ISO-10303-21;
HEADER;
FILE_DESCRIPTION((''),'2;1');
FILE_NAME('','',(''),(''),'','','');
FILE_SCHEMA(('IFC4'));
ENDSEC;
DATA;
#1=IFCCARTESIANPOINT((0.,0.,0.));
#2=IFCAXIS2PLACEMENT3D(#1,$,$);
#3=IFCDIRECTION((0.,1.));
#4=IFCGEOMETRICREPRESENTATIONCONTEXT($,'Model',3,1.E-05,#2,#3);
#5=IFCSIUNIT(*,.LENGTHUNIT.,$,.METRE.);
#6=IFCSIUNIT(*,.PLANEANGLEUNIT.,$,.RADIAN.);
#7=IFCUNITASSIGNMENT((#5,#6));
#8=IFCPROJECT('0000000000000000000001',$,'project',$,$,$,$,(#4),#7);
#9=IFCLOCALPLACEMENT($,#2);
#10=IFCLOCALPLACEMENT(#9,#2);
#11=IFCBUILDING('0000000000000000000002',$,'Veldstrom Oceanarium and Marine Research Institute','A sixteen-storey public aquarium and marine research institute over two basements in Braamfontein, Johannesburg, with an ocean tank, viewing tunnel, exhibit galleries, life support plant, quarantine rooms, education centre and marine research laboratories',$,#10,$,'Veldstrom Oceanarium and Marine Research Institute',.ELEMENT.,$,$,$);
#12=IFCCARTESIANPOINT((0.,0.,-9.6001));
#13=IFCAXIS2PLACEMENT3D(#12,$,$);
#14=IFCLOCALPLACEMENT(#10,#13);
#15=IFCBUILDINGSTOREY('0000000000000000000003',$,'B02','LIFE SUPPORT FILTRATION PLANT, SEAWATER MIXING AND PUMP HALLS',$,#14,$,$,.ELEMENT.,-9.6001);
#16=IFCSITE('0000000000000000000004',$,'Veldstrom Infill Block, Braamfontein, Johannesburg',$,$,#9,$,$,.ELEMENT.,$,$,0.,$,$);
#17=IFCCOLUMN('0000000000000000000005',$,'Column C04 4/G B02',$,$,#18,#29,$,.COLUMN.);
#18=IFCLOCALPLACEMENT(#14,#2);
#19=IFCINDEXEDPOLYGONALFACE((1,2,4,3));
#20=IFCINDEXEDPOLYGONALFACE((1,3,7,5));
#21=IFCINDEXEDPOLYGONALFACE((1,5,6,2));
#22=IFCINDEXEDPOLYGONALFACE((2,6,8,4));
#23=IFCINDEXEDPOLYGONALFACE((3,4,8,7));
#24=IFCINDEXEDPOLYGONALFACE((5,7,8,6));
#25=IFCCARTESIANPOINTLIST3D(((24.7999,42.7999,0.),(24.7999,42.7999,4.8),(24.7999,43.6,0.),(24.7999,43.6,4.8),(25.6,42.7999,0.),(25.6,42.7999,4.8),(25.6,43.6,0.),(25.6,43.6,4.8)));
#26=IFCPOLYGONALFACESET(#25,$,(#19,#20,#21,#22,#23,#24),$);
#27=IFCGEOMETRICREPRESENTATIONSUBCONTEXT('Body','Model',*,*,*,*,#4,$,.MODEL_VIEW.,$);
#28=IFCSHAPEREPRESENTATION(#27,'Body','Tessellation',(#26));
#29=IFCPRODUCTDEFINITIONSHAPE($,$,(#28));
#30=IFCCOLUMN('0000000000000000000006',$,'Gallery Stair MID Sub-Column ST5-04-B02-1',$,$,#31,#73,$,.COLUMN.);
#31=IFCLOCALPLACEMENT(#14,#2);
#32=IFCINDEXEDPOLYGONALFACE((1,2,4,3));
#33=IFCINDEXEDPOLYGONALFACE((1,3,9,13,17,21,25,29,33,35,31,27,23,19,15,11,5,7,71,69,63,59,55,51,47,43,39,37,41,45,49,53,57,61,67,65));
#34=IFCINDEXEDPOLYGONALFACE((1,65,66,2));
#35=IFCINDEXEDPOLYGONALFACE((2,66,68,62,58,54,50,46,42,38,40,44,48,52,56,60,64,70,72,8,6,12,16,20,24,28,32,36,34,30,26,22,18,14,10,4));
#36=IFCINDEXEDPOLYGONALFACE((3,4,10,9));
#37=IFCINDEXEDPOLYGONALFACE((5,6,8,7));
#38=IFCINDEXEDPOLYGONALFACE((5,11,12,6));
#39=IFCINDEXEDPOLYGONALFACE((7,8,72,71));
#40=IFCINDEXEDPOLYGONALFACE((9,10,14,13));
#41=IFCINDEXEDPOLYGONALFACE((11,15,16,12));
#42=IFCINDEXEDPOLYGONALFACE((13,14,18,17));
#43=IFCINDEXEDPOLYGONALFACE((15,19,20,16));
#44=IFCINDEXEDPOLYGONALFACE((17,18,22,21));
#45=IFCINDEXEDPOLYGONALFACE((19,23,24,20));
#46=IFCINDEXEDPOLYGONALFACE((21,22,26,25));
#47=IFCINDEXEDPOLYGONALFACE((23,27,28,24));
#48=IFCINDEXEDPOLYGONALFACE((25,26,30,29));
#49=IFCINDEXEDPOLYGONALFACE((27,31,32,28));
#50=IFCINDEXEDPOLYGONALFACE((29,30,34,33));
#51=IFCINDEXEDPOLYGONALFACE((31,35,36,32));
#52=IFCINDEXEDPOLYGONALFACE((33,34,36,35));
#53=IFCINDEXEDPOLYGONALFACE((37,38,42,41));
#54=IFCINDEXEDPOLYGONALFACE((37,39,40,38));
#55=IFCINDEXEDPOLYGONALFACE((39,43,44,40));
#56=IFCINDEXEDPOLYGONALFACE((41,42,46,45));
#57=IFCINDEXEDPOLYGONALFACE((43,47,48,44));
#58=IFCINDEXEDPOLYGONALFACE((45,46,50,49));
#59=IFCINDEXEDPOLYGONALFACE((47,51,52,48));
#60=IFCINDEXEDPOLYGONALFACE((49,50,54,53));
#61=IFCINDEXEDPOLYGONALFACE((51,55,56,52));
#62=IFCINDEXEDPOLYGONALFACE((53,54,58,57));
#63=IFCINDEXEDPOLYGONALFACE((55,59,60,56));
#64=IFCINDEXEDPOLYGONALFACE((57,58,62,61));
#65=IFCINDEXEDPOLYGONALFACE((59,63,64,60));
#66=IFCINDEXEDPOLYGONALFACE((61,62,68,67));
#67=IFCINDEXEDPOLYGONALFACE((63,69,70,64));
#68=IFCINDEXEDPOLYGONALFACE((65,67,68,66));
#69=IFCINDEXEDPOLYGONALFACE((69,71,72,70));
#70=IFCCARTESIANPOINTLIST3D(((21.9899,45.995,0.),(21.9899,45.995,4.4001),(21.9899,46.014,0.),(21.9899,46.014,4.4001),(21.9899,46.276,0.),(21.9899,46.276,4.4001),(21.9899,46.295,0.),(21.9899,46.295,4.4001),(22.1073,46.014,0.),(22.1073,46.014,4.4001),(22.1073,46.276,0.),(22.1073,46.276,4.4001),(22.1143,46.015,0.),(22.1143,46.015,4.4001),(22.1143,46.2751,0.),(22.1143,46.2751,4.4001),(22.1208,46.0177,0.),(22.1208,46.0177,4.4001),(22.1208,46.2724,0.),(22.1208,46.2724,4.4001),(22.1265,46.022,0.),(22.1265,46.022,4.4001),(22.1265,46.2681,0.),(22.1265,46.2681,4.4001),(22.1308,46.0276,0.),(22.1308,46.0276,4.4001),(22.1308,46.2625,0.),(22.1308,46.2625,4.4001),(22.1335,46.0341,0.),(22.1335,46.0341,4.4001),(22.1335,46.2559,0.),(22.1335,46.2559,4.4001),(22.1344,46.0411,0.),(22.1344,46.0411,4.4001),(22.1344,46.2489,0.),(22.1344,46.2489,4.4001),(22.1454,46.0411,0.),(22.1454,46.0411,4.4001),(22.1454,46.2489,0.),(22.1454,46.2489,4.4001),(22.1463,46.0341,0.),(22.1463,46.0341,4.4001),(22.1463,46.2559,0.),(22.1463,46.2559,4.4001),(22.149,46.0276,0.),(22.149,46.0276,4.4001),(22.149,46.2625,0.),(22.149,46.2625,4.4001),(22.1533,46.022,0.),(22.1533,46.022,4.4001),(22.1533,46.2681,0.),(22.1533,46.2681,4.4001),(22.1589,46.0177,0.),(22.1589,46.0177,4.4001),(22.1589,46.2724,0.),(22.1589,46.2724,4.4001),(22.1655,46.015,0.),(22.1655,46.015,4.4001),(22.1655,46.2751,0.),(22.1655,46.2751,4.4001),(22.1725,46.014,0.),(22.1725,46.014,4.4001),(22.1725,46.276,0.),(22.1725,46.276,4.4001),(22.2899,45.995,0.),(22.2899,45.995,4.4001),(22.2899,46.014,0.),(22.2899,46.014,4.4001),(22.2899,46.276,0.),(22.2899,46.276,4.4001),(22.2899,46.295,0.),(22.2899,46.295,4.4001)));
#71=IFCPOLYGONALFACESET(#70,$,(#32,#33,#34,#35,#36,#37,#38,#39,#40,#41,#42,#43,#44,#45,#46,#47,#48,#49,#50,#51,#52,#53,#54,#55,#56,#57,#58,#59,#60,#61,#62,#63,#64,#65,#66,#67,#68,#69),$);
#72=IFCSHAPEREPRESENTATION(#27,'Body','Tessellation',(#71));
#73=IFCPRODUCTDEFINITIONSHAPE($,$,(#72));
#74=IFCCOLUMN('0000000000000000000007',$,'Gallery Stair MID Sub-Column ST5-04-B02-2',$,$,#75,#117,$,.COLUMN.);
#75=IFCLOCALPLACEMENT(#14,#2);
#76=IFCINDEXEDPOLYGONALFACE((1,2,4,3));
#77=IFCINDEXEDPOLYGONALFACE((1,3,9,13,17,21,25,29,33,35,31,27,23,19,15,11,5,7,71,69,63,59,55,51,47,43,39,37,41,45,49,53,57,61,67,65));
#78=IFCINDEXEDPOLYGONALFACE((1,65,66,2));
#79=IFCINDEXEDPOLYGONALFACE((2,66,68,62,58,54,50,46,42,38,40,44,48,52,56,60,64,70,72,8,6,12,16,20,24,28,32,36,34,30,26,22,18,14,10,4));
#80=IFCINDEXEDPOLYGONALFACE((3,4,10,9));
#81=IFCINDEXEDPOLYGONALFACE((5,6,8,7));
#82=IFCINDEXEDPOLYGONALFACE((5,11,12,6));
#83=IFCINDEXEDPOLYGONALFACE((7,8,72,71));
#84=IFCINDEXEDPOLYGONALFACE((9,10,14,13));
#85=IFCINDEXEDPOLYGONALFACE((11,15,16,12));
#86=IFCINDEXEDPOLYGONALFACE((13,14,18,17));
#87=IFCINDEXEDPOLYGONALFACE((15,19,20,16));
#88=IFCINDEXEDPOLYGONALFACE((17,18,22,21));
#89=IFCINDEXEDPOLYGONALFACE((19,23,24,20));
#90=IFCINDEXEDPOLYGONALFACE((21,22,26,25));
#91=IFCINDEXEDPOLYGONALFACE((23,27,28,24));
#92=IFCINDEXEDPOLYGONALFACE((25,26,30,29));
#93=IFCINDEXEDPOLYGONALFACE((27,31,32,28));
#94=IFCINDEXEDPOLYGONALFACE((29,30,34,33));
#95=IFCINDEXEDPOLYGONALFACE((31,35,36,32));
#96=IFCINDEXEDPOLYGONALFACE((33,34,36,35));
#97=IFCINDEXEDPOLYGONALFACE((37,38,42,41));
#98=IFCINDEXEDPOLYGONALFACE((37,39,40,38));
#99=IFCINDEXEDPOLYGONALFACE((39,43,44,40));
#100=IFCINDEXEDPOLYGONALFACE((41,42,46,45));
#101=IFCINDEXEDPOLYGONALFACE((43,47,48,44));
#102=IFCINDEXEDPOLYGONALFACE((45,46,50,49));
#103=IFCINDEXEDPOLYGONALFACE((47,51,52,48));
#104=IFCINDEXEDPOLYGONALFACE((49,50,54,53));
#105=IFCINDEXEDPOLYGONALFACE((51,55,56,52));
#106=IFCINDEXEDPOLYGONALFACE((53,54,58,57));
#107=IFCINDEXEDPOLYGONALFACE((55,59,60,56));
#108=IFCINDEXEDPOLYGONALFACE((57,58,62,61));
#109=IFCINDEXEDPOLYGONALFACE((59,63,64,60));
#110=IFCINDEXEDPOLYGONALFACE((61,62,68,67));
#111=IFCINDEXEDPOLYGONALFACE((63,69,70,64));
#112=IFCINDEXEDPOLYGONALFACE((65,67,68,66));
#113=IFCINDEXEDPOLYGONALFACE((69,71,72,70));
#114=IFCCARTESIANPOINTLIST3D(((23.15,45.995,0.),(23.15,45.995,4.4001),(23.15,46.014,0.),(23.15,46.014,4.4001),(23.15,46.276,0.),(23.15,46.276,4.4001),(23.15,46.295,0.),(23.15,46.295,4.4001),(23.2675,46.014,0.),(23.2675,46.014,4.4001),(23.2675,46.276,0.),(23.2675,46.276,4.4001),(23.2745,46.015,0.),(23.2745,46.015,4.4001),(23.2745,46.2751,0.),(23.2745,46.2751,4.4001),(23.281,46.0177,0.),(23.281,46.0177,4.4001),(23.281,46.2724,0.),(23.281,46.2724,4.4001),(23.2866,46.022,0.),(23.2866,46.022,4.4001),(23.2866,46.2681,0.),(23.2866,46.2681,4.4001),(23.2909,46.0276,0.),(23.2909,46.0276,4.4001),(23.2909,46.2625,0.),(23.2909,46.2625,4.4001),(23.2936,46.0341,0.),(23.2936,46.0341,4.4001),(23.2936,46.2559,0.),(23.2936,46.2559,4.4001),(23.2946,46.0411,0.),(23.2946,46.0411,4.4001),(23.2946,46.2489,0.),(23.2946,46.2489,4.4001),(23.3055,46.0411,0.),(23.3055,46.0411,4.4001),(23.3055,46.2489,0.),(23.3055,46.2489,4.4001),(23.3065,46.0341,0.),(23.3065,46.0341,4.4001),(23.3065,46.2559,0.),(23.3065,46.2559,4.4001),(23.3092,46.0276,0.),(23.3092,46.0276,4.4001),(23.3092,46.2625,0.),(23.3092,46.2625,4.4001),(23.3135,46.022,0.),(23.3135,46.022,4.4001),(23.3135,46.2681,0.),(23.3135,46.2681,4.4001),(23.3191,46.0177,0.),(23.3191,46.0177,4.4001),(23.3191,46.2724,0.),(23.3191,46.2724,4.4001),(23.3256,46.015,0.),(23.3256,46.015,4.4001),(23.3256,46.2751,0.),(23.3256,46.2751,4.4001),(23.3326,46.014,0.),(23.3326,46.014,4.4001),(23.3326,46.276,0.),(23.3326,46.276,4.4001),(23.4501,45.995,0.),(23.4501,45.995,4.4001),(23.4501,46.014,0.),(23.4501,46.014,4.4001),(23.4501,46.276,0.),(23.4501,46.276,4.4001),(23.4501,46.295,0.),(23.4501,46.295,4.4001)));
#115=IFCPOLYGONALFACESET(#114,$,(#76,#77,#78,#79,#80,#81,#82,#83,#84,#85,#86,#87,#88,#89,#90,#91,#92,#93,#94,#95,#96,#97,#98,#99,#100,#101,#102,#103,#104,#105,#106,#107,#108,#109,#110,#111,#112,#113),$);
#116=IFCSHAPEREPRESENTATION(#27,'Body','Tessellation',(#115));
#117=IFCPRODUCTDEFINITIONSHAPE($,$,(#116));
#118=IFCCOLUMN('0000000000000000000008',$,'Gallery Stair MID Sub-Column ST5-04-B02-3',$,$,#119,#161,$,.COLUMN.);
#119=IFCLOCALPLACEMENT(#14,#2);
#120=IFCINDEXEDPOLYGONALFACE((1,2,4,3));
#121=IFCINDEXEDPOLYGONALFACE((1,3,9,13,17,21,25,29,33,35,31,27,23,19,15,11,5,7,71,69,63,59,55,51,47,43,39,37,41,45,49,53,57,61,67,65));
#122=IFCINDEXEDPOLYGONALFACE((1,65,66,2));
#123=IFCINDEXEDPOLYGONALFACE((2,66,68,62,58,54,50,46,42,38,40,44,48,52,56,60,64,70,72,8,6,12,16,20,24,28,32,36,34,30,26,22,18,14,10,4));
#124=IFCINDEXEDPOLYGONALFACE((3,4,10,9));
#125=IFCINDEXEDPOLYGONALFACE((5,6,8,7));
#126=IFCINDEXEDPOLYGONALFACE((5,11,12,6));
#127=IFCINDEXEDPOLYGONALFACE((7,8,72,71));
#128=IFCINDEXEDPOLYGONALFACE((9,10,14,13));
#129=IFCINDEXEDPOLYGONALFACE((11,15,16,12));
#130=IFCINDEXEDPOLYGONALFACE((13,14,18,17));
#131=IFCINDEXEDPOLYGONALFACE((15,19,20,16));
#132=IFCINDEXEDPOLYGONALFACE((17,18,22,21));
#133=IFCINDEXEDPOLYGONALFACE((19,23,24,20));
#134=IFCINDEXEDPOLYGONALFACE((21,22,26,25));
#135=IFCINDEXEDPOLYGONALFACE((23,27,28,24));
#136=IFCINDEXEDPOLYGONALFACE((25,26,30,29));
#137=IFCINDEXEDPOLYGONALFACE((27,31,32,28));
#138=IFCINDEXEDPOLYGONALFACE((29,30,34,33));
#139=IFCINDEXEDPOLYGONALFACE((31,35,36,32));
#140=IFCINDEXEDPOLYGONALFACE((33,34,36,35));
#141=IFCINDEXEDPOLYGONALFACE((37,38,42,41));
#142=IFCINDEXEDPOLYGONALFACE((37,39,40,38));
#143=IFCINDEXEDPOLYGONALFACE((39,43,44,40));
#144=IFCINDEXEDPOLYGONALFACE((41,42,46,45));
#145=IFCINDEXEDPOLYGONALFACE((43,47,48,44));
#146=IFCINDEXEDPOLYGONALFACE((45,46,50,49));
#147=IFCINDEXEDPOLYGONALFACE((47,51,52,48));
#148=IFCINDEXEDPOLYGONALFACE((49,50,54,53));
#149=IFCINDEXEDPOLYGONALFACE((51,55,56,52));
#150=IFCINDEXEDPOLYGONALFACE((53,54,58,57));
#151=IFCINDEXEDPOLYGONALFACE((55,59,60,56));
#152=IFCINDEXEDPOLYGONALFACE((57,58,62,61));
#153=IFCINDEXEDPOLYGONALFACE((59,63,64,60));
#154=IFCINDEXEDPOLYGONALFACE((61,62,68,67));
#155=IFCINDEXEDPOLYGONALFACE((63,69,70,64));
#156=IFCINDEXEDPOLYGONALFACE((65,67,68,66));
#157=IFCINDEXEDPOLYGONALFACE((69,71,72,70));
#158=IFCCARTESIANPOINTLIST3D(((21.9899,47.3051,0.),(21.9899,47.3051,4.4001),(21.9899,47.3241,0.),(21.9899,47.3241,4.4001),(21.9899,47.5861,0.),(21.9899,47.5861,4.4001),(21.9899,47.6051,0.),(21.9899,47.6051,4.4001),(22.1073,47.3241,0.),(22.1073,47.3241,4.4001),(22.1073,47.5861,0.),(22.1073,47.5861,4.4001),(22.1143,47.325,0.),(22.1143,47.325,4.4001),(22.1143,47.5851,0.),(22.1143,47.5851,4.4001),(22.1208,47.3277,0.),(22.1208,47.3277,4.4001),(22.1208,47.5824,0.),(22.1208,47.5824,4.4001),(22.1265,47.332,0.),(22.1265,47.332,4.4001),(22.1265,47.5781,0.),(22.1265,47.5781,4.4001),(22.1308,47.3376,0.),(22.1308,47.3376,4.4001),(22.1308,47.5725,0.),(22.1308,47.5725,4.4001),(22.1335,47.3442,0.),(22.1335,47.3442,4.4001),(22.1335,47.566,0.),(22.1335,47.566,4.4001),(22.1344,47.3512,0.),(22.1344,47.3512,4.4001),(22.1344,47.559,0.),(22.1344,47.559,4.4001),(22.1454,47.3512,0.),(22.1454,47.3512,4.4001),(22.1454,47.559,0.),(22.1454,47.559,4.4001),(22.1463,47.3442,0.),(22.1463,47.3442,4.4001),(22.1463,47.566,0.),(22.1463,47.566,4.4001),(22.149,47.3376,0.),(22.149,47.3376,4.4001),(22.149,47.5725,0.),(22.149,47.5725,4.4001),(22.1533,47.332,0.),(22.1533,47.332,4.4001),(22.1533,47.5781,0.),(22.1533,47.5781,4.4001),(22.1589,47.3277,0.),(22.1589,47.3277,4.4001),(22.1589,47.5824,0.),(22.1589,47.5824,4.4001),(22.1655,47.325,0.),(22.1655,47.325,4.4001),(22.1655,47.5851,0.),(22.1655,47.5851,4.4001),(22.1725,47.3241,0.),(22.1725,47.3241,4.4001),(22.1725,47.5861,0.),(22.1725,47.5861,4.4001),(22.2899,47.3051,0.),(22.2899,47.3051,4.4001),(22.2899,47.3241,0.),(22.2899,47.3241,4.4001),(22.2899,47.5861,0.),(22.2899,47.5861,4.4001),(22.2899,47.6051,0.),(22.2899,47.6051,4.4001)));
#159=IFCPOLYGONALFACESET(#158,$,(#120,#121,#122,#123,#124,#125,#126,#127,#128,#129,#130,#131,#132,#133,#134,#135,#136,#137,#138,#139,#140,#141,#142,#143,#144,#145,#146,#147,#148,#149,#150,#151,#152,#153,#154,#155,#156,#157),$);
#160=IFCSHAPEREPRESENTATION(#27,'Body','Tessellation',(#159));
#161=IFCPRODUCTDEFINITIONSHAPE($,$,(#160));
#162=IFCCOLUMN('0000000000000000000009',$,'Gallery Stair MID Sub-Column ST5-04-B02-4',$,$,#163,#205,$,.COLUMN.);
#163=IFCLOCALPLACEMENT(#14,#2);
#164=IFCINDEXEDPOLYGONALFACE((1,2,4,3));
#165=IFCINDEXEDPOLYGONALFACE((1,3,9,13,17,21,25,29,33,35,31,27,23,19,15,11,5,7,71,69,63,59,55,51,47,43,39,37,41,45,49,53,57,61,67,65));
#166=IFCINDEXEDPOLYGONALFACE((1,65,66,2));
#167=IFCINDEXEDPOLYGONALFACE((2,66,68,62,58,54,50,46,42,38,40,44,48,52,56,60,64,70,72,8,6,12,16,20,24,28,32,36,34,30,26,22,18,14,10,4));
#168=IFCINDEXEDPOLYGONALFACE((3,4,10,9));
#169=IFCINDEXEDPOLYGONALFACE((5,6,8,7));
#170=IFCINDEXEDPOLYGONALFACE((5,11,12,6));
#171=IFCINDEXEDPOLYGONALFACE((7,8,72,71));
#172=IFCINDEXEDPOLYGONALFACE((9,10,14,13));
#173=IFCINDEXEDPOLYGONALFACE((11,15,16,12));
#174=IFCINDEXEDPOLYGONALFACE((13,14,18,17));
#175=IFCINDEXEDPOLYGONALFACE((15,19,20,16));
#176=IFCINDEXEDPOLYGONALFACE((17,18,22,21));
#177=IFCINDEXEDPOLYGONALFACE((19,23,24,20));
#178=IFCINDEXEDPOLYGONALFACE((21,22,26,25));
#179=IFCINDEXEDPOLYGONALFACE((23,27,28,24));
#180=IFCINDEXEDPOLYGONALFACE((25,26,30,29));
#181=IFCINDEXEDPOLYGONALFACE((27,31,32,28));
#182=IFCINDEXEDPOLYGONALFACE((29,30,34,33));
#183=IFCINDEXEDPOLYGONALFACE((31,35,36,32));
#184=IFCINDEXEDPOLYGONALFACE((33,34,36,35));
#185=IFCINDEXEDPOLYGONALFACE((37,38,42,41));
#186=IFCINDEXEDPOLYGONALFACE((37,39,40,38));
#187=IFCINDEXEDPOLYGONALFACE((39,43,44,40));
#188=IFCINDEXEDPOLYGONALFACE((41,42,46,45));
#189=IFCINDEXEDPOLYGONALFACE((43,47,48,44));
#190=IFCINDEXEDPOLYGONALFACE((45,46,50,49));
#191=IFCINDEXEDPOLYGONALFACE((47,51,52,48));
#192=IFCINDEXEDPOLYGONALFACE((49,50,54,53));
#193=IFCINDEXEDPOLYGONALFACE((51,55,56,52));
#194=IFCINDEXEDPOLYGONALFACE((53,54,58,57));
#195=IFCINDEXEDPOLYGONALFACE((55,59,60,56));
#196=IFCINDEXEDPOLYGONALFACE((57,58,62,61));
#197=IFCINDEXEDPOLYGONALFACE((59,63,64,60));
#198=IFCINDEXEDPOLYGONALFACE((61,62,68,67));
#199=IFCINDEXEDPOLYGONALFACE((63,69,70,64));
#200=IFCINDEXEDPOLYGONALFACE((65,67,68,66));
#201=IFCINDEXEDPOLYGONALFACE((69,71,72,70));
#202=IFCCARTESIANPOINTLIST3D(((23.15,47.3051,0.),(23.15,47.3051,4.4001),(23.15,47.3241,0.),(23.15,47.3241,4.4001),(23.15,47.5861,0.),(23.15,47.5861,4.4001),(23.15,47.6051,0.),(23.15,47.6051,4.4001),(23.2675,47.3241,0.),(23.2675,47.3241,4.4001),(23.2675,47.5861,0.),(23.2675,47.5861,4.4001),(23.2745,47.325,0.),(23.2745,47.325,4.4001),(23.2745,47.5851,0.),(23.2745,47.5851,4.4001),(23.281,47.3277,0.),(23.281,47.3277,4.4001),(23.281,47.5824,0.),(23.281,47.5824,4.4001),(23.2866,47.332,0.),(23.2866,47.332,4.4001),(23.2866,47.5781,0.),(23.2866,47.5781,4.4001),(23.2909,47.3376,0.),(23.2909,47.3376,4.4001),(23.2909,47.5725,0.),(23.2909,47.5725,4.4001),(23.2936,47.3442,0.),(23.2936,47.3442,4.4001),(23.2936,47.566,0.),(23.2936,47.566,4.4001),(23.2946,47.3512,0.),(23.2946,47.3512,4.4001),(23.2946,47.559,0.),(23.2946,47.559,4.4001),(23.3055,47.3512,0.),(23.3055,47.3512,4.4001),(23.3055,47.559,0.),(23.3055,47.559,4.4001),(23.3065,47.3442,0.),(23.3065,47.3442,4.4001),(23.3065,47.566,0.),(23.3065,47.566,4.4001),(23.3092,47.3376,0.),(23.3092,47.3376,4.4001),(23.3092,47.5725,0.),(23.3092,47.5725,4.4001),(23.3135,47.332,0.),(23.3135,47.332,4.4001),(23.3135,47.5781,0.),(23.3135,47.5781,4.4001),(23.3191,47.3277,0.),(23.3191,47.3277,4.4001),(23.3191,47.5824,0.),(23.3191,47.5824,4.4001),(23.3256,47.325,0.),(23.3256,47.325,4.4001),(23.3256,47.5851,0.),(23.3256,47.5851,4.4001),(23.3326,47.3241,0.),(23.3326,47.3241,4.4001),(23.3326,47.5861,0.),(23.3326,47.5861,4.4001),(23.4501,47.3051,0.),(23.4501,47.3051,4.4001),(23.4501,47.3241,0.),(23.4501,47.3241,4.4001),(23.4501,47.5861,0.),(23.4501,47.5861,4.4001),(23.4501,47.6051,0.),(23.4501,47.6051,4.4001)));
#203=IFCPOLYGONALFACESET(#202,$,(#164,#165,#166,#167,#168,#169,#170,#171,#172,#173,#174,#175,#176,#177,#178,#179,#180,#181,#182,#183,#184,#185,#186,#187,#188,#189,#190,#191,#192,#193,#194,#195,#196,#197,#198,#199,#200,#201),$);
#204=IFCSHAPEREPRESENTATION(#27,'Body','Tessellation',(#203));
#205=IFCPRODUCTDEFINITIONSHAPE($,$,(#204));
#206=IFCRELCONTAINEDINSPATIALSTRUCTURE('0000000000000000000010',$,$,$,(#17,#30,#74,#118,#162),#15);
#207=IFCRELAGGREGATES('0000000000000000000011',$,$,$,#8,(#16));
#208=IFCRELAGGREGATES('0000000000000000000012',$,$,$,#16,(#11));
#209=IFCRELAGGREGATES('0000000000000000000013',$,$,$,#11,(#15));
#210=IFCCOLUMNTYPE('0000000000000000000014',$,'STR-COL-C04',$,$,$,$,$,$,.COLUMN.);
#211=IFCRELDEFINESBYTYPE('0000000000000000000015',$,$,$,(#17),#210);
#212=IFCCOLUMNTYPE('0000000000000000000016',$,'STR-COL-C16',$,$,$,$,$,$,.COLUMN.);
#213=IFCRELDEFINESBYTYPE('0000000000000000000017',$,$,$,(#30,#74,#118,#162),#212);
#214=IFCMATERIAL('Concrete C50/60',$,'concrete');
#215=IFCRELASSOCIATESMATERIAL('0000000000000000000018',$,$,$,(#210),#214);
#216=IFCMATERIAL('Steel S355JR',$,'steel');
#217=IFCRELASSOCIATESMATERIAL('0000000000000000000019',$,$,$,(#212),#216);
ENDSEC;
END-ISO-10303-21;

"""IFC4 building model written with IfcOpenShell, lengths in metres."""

from ifc_helpers import new_model, si_unit, direction, frame, origin, origin_2d, place, context, subcontext, project, spatial, rectangle, i_section, extrude, material, material_profile, profile_set, type_object, element, save


model = new_model("IFC4")

# Units and contexts
model_context = context("Model", 3, precision=1e-05, world=origin(), true_north=direction((0.0, 1.0)))
body_context = subcontext(model_context, "Body", "Model", "MODEL_VIEW")
ifc_project = project(units=[si_unit("LENGTHUNIT", "METRE"), si_unit("PLANEANGLEUNIT", "RADIAN")], contexts=[model_context])

# Site, building, storey
site_placement = place(None, origin())
site = spatial("IfcSite", under=ifc_project, at=site_placement, Name="Veldstrom Infill Block, Braamfontein, Johannesburg", CompositionType="ELEMENT", RefElevation=0.0)
building_placement = place(site_placement, origin())
building = spatial("IfcBuilding", under=site, at=building_placement, Name="Veldstrom Oceanarium and Marine Research Institute", Description="A sixteen-storey public aquarium and marine research institute over two basements in Braamfontein, Johannesburg, with an ocean tank, viewing tunnel, exhibit galleries, life support plant, quarantine rooms, education centre and marine research laboratories", LongName="Veldstrom Oceanarium and Marine Research Institute", CompositionType="ELEMENT")
storey_placement = place(building_placement, frame((0.0, 0.0, -9.6001)))
storey = spatial("IfcBuildingStorey", under=building, at=storey_placement, Name="B02", Description="LIFE SUPPORT FILTRATION PLANT, SEAWATER MIXING AND PUMP HALLS", CompositionType="ELEMENT", Elevation=-9.6001)

# Columns
ifc_material_1 = material(Name="Concrete C50/60", Category="concrete")
ifc_material_profile_1 = material_profile(ifc_material_1, rectangle(XDim=0.8, YDim=0.8, at=origin_2d()), Name="RC-COL-800x800")
ifc_profile_set_1 = profile_set([ifc_material_profile_1], Name="Concrete C50/60")
column_type_1 = type_object("IfcColumnType", Name="STR-COL-C04", PredefinedType="COLUMN", material=ifc_profile_set_1)
for number, where, z_axis, x_axis, name in (
    (1, (25.2, 43.2, 0.0), (0.0, 0.0, 1.0), (1.0, 0.0, 0.0), "Column C04 4/G B02"),
):
    element("IfcColumn", number, at=place(storey_placement, frame(where, z_axis=z_axis, x_axis=x_axis)), inside=storey, type_object=column_type_1, Name=name, PredefinedType="COLUMN", context=body_context, shape_type="SweptSolid", body=[
        extrude(rectangle(XDim=0.8, YDim=0.8, at=origin_2d()), origin(), (0.0, 0.0, 1.0), 4.8),
    ])
ifc_material_2 = material(Name="Steel S355JR", Category="steel")
ifc_material_profile_2 = material_profile(ifc_material_2, i_section(OverallWidth=0.3, OverallDepth=0.3, WebThickness=0.011, FlangeThickness=0.019, FilletRadius=0.0271, at=origin_2d()), Name="HEB 300")
ifc_profile_set_2 = profile_set([ifc_material_profile_2], Name="Steel S355JR")
column_type_2 = type_object("IfcColumnType", Name="STR-COL-C16", PredefinedType="COLUMN", material=ifc_profile_set_2)
for number, where, z_axis, x_axis, name in (
    (2, (22.1399, 46.145, 0.0), (0.0, 0.0, 1.0), (1.0, 0.0, 0.0), "Gallery Stair MID Sub-Column ST5-04-B02-1"),
    (3, (23.3, 46.145, 0.0), (0.0, 0.0, 1.0), (1.0, 0.0, 0.0), "Gallery Stair MID Sub-Column ST5-04-B02-2"),
    (4, (22.1399, 47.4551, 0.0), (0.0, 0.0, 1.0), (1.0, 0.0, 0.0), "Gallery Stair MID Sub-Column ST5-04-B02-3"),
    (5, (23.3, 47.4551, 0.0), (0.0, 0.0, 1.0), (1.0, 0.0, 0.0), "Gallery Stair MID Sub-Column ST5-04-B02-4"),
):
    element("IfcColumn", number, at=place(storey_placement, frame(where, z_axis=z_axis, x_axis=x_axis)), inside=storey, type_object=column_type_2, Name=name, PredefinedType="COLUMN", context=body_context, shape_type="SweptSolid", body=[
        extrude(i_section(OverallWidth=0.3, OverallDepth=0.3, WebThickness=0.011, FlangeThickness=0.019, FilletRadius=0.0271, at=origin_2d()), origin(), (0.0, 0.0, 1.0), 4.4001),
    ])

save(model, "model.ifc")
